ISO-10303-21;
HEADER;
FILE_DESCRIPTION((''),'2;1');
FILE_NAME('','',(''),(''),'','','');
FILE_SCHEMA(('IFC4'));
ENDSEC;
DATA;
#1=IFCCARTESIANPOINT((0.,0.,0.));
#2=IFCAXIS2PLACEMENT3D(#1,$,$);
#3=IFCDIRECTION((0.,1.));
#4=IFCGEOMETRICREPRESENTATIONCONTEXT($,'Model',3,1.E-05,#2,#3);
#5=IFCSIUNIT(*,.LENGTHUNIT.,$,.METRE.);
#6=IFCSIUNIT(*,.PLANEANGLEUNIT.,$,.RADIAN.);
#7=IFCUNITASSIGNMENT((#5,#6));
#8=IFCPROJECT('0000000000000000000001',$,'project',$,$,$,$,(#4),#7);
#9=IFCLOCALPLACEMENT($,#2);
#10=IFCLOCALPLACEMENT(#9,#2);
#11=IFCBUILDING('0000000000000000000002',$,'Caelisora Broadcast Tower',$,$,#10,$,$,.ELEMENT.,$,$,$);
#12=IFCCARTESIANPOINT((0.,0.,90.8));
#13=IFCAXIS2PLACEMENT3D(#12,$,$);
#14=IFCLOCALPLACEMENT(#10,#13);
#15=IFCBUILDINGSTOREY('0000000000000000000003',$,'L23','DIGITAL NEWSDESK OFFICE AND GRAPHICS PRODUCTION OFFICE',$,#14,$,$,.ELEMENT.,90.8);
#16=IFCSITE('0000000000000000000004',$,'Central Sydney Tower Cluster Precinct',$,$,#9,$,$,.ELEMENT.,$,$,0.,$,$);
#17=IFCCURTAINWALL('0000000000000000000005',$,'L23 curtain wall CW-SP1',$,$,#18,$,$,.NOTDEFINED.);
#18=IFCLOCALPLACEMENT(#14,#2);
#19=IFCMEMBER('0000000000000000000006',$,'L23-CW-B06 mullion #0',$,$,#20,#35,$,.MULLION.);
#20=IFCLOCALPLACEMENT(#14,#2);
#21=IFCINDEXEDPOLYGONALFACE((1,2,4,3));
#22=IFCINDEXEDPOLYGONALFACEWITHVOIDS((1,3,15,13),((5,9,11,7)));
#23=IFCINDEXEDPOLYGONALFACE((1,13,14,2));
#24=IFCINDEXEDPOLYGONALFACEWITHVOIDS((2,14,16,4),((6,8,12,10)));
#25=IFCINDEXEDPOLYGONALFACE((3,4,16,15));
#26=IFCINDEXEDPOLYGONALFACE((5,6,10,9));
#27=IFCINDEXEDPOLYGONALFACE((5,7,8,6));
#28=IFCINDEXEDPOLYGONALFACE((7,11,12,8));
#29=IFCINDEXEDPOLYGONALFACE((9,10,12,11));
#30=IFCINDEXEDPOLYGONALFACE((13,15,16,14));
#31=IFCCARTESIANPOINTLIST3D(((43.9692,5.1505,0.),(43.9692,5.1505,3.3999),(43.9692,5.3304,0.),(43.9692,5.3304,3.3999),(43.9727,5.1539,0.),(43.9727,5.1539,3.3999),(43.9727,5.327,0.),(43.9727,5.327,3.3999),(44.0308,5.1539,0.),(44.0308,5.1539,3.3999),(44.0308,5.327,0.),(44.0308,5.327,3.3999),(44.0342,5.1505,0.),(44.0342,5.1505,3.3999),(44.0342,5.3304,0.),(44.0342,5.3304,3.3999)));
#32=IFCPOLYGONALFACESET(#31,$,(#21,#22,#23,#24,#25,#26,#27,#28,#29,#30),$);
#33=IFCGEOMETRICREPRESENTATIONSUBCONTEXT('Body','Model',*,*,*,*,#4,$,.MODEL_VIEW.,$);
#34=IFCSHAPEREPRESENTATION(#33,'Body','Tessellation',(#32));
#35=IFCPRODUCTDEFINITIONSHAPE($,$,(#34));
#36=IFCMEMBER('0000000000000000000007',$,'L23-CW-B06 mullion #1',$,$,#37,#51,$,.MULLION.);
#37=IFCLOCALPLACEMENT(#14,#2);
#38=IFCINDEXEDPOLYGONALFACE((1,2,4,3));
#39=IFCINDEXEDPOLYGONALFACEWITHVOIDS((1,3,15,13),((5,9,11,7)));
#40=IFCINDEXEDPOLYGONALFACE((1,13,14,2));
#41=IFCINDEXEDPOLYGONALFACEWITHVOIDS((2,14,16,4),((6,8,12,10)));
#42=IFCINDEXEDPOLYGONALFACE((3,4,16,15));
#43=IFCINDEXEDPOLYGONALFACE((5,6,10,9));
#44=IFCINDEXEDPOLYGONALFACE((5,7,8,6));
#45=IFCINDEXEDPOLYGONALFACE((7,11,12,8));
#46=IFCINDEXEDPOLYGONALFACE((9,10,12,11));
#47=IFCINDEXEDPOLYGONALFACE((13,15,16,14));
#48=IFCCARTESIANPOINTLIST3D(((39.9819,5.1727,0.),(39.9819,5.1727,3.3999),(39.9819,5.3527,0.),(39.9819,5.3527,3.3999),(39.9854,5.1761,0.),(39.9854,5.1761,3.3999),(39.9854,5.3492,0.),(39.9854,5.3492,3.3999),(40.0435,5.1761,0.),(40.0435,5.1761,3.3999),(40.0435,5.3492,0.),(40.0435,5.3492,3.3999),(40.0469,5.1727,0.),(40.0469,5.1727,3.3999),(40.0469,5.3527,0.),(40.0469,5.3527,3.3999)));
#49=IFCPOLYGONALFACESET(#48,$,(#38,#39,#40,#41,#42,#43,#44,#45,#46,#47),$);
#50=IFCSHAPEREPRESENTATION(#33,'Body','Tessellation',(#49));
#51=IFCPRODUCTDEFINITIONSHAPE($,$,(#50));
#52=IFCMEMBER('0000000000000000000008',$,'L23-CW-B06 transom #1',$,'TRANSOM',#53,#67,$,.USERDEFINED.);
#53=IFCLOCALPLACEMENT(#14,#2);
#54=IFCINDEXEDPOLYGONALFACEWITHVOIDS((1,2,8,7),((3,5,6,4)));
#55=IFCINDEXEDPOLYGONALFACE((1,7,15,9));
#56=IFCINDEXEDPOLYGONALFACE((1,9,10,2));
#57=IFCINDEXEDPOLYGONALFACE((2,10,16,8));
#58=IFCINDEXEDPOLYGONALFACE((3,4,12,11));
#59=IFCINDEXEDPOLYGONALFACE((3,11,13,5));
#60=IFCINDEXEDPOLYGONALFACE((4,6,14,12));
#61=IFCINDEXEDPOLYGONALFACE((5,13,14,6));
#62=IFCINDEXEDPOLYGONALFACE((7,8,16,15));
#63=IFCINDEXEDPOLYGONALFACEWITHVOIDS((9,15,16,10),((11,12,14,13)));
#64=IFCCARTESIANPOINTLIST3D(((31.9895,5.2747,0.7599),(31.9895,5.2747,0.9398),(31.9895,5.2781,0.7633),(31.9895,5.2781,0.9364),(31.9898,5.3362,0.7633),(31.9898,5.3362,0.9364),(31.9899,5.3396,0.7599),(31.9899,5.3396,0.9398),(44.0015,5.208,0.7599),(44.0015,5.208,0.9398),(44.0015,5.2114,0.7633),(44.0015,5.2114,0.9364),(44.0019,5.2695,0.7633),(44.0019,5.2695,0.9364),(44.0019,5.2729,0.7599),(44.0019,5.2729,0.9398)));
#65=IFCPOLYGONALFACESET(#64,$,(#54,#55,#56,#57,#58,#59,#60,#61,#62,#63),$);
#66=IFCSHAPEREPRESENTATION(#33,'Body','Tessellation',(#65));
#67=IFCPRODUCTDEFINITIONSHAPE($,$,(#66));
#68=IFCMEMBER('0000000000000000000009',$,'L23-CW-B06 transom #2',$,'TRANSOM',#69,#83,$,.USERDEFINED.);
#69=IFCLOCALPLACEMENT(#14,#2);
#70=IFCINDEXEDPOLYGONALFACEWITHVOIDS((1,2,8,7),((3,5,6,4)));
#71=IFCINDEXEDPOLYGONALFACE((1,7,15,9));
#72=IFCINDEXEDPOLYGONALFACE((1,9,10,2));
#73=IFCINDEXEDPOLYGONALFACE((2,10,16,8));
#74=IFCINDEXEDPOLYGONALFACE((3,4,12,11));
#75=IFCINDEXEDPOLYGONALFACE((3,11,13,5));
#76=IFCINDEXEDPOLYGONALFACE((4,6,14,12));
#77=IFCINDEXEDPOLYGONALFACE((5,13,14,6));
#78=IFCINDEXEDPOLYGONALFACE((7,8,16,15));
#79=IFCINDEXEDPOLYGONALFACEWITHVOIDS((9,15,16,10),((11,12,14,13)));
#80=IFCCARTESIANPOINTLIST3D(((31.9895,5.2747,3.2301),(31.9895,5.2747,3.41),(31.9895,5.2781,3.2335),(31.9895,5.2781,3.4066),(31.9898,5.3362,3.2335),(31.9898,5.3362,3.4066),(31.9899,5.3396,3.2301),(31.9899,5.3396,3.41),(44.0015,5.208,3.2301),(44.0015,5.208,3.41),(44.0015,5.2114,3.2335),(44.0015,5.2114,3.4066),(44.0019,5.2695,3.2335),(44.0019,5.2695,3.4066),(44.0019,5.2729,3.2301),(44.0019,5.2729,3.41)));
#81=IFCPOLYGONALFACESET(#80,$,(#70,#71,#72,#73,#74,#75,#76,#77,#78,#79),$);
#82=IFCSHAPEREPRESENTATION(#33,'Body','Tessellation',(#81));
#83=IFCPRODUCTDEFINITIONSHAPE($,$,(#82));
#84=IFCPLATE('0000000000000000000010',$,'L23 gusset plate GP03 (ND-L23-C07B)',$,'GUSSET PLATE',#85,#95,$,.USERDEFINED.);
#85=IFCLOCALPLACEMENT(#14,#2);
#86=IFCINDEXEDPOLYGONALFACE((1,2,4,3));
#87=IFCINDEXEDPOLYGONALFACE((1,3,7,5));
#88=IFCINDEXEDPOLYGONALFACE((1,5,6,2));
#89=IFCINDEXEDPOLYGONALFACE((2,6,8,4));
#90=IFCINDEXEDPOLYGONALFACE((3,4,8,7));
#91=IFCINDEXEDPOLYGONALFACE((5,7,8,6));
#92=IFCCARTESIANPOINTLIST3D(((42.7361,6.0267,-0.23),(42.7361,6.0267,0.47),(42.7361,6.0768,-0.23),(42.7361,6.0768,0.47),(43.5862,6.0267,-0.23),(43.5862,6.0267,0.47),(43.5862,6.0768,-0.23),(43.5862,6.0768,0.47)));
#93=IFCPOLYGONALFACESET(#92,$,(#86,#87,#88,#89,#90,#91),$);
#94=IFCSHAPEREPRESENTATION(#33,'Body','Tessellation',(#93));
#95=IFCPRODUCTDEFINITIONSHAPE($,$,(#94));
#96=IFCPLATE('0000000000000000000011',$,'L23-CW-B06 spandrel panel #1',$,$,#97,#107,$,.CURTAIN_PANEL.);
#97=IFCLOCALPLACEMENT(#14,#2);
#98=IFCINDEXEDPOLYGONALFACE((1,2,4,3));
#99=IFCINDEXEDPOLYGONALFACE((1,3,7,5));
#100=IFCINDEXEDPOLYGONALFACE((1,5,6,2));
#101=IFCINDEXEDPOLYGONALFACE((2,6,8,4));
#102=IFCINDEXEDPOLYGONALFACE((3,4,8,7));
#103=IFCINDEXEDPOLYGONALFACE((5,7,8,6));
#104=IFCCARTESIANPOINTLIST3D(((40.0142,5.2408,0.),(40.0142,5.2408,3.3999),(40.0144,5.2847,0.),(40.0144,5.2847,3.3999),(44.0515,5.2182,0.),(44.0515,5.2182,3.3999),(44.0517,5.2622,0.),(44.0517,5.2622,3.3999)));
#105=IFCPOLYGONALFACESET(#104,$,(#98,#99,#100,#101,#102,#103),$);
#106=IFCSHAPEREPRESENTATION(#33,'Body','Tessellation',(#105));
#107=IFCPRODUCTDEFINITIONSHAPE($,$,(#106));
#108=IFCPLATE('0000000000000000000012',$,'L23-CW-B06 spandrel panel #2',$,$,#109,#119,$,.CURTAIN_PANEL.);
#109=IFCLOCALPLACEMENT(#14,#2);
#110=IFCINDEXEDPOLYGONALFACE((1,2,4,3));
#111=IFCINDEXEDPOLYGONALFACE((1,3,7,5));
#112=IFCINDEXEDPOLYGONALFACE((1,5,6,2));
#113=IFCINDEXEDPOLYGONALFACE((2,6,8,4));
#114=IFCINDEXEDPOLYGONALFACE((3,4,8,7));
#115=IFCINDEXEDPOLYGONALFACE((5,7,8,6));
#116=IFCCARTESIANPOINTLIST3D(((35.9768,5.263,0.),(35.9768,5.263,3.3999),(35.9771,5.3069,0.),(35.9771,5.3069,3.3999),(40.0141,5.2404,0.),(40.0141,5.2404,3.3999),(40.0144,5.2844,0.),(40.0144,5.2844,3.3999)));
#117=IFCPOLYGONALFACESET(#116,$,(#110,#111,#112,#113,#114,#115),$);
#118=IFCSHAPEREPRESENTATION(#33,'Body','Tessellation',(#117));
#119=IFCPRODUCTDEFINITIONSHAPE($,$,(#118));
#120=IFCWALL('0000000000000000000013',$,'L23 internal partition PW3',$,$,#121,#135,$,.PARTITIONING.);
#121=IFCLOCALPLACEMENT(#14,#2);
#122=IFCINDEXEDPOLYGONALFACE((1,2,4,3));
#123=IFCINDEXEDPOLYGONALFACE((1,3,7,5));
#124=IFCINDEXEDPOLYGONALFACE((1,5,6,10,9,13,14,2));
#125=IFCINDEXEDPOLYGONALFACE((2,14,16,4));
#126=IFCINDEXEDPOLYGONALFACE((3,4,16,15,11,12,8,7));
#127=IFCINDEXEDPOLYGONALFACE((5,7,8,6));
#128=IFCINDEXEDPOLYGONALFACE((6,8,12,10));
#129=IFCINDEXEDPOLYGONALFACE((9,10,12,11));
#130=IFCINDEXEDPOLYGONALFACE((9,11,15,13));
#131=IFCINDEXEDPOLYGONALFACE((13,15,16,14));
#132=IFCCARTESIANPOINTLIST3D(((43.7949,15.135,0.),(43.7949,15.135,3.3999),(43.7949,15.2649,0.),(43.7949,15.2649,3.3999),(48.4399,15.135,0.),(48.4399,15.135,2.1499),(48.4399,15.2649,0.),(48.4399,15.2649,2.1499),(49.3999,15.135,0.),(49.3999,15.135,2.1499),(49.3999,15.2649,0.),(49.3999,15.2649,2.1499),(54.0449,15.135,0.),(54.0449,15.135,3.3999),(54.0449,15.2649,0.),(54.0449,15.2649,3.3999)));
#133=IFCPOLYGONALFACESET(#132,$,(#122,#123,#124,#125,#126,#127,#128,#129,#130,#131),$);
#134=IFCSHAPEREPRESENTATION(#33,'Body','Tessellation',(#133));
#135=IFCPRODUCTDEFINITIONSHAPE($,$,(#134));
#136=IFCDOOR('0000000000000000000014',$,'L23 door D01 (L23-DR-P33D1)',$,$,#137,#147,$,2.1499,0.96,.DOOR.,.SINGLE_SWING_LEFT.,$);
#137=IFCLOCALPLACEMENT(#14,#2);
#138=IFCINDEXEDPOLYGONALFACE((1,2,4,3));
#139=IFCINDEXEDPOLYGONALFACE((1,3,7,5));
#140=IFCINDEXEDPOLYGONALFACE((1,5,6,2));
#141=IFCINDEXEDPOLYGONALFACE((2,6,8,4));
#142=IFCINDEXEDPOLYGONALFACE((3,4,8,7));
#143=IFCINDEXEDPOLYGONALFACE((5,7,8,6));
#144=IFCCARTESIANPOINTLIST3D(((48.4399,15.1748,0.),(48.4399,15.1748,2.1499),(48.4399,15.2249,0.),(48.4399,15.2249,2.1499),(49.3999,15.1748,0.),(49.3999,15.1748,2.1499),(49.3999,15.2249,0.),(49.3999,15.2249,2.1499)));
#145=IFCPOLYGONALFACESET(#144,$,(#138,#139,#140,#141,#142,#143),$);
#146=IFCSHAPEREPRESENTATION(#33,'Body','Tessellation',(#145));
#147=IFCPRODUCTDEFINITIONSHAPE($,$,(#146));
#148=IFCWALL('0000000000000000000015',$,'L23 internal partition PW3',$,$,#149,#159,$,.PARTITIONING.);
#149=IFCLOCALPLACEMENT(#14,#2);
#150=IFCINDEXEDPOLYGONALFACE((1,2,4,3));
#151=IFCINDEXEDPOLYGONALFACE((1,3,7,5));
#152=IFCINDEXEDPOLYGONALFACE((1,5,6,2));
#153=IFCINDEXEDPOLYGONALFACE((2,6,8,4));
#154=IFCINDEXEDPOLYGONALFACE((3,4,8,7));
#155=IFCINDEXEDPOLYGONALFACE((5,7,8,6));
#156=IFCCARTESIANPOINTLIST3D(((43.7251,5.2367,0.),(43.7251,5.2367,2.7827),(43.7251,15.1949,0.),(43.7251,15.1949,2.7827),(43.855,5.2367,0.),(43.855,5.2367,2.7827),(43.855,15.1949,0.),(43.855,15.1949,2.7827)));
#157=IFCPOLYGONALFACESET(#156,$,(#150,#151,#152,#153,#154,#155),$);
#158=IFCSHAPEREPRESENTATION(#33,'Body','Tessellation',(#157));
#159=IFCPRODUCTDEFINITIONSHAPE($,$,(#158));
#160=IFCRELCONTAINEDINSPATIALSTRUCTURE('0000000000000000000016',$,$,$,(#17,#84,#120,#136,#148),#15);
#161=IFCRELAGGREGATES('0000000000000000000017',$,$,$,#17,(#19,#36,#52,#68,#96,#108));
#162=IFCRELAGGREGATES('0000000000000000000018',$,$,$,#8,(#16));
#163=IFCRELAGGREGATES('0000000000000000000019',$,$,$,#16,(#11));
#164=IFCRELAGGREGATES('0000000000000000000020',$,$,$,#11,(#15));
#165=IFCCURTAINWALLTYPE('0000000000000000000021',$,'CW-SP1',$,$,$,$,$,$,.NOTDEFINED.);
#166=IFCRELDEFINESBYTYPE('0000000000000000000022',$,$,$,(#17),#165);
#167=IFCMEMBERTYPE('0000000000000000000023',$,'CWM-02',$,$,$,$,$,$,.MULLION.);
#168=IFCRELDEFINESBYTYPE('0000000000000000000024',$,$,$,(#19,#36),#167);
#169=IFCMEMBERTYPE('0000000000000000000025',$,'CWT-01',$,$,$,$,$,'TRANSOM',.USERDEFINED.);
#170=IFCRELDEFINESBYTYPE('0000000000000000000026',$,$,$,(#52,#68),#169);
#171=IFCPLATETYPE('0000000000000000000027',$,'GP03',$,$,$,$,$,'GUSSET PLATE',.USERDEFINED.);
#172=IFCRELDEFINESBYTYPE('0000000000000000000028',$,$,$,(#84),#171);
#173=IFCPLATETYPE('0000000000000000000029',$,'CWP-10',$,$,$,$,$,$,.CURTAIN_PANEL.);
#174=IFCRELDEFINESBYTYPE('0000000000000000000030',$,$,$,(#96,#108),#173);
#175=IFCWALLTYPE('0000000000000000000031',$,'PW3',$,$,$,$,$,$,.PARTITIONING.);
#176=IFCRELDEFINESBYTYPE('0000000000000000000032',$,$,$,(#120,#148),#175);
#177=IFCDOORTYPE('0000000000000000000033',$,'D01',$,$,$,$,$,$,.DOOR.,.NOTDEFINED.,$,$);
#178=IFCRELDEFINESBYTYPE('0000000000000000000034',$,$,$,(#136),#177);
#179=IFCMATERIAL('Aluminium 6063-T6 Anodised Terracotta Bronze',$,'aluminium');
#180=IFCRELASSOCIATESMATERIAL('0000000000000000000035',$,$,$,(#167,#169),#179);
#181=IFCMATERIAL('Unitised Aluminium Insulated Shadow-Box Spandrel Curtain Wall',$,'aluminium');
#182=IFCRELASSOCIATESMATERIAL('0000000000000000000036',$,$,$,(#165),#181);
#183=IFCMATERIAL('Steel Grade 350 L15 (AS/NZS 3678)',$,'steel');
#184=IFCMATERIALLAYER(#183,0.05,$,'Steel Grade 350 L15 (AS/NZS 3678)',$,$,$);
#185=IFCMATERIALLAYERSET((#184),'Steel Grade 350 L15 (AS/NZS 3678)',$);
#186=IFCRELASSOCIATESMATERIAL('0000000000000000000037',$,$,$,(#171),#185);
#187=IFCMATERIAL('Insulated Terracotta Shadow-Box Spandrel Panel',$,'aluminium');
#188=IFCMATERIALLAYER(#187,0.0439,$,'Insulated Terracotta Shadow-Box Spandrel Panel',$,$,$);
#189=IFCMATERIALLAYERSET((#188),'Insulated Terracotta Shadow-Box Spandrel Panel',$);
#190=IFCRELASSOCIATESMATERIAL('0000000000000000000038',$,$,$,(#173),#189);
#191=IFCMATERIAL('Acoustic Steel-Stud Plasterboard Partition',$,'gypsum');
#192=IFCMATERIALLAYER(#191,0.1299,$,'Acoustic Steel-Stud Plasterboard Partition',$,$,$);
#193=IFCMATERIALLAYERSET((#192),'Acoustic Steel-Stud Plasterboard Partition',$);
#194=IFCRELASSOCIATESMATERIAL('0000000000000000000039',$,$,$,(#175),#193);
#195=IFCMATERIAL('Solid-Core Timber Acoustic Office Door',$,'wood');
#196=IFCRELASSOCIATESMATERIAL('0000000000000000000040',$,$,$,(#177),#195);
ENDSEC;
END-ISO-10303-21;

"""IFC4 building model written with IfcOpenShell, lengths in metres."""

from ifc_helpers import new_model, si_unit, direction, frame, frame_2d, origin, origin_2d, place, context, subcontext, project, spatial, rectangle, hollow_rectangle, extrude, source, transform, mapped, material, layer, layer_set, material_profile, profile_set, type_object, type_shapes, element, fill, aggregate, save


model = new_model("IFC4")

# Units and contexts
model_context = context("Model", 3, precision=1e-05, world=origin(), true_north=direction((0.0, 1.0)))
body_context = subcontext(model_context, "Body", "Model", "MODEL_VIEW")
ifc_project = project(units=[si_unit("LENGTHUNIT", "METRE"), si_unit("PLANEANGLEUNIT", "RADIAN")], contexts=[model_context])

# Site, building, storey
site_placement = place(None, origin())
site = spatial("IfcSite", under=ifc_project, at=site_placement, Name="Central Sydney Tower Cluster Precinct", CompositionType="ELEMENT", RefElevation=0.0)
building_placement = place(site_placement, origin())
building = spatial("IfcBuilding", under=site, at=building_placement, Name="Caelisora Broadcast Tower", CompositionType="ELEMENT")
storey_placement = place(building_placement, frame((0.0, 0.0, 90.8)))
storey = spatial("IfcBuildingStorey", under=building, at=storey_placement, Name="L23", Description="DIGITAL NEWSDESK OFFICE AND GRAPHICS PRODUCTION OFFICE", CompositionType="ELEMENT", Elevation=90.8)

# Shared definitions
ifc_material_1 = material(Name="Steel Grade 350 L15 (AS/NZS 3678)", Category="steel")

# Shared definitions
ifc_material_2 = material(Name="Aluminium 6063-T6 Anodised Terracotta Bronze", Category="aluminium")
ifc_material_profile_1 = material_profile(ifc_material_2, hollow_rectangle(XDim=0.0649, YDim=0.1799, WallThickness=0.0034, at=origin_2d()), Name="Aluminium 6063-T6 Anodised Terracotta Bronze")
ifc_profile_set_1 = profile_set([ifc_material_profile_1], Name="Aluminium 6063-T6 Anodised Terracotta Bronze")
member_type_1 = type_object("IfcMemberType", Name="CWM-02", PredefinedType="MULLION", material=ifc_profile_set_1)
shared_shape_1 = source(origin(), body_context, "Body", "SweptSolid", [
    extrude(hollow_rectangle(XDim=0.0649, YDim=0.1799, WallThickness=0.0034, at=origin_2d()), origin(), (0.0, 0.0, 1.0), 3.3999),
])
type_shapes(member_type_1, [shared_shape_1])

# Curtain wall, members
ifc_material_3 = material(Name="Unitised Aluminium Insulated Shadow-Box Spandrel Curtain Wall", Category="aluminium")
curtain_wall_type_1 = type_object("IfcCurtainWallType", Name="CW-SP1", PredefinedType="NOTDEFINED", material=ifc_material_3)
curtain_wall_1_placement = place(storey_placement, origin())
curtain_wall_1 = element("IfcCurtainWall", 1, at=curtain_wall_1_placement, inside=storey, type_object=curtain_wall_type_1, Name="L23 curtain wall CW-SP1", PredefinedType="NOTDEFINED")
member_1_placement = place(storey_placement, frame((44.0017, 5.2405, 0.0), z_axis=(0.0, 0.0, 1.0), x_axis=(1.0, 0.0, 0.0)))
member_1 = element("IfcMember", 2, at=member_1_placement, type_object=member_type_1, Name="L23-CW-B06 mullion #0", PredefinedType="MULLION", context=body_context, shape_type="MappedRepresentation", body=[
    mapped(shared_shape_1, transform((0.0, 0.0, 0.0), scale=1.0)),
])
member_2_placement = place(storey_placement, frame((40.0144, 5.2627, 0.0), z_axis=(0.0, 0.0, 1.0), x_axis=(1.0, 0.0, 0.0)))
member_2 = element("IfcMember", 3, at=member_2_placement, type_object=member_type_1, Name="L23-CW-B06 mullion #1", PredefinedType="MULLION", context=body_context, shape_type="MappedRepresentation", body=[
    mapped(shared_shape_1, transform((0.0, 0.0, 0.0), scale=1.0)),
])
ifc_material_profile_2 = material_profile(ifc_material_2, hollow_rectangle(XDim=0.0649, YDim=0.1799, WallThickness=0.0034, at=origin_2d()), Name="Aluminium 6063-T6 Anodised Terracotta Bronze")
ifc_profile_set_2 = profile_set([ifc_material_profile_2], Name="Aluminium 6063-T6 Anodised Terracotta Bronze")
member_type_2 = type_object("IfcMemberType", Name="CWT-01", ElementType="TRANSOM", PredefinedType="USERDEFINED", material=ifc_profile_set_2)
shared_shape_2 = source(origin(), body_context, "Body", "SweptSolid", [
    extrude(hollow_rectangle(XDim=0.0649, YDim=0.1799, WallThickness=0.0034, at=origin_2d()), origin(), (0.0, 0.0, 1.0), 12.0122),
])
type_shapes(member_type_2, [shared_shape_2])
member_3_placement = place(storey_placement, frame((44.0017, 5.2405, 0.8499), z_axis=(-0.999985, 0.005549, 0.0), x_axis=(-0.005549, -0.999985, 0.0)))
member_3 = element("IfcMember", 4, at=member_3_placement, type_object=member_type_2, Name="L23-CW-B06 transom #1", ObjectType="TRANSOM", PredefinedType="USERDEFINED", context=body_context, shape_type="MappedRepresentation", body=[
    mapped(shared_shape_2, transform((0.0, 0.0, 0.0), scale=1.0)),
])
member_4_placement = place(storey_placement, frame((44.0017, 5.2405, 3.3201), z_axis=(-0.999985, 0.005549, 0.0), x_axis=(-0.005549, -0.999985, 0.0)))
member_4 = element("IfcMember", 5, at=member_4_placement, type_object=member_type_2, Name="L23-CW-B06 transom #2", ObjectType="TRANSOM", PredefinedType="USERDEFINED", context=body_context, shape_type="MappedRepresentation", body=[
    mapped(shared_shape_2, transform((0.0, 0.0, 0.0), scale=1.0)),
])

# Plates
ifc_layer_1 = layer(ifc_material_1, 0.05, Name="Steel Grade 350 L15 (AS/NZS 3678)")
ifc_layer_set_1 = layer_set([ifc_layer_1], Name="Steel Grade 350 L15 (AS/NZS 3678)")
plate_type_1 = type_object("IfcPlateType", Name="GP03", ElementType="GUSSET PLATE", PredefinedType="USERDEFINED", material=ifc_layer_set_1)
shared_shape_3 = source(origin(), body_context, "Body", "SweptSolid", [
    extrude(rectangle(XDim=0.8501, YDim=0.05, at=origin_2d()), origin(), (0.0, 0.0, 1.0), 0.7),
])
type_shapes(plate_type_1, [shared_shape_3])
plate_1_placement = place(storey_placement, frame((43.1611, 6.0518, -0.23), z_axis=(0.0, 0.0, 1.0), x_axis=(1.0, 0.0, 0.0)))
element("IfcPlate", 6, at=plate_1_placement, inside=storey, type_object=plate_type_1, Name="L23 gusset plate GP03 (ND-L23-C07B)", ObjectType="GUSSET PLATE", PredefinedType="USERDEFINED", context=body_context, shape_type="MappedRepresentation", body=[
    mapped(shared_shape_3, transform((0.0, 0.0, 0.0), scale=1.0)),
])
ifc_material_4 = material(Name="Insulated Terracotta Shadow-Box Spandrel Panel", Category="aluminium")
ifc_layer_2 = layer(ifc_material_4, 0.0439, Name="Insulated Terracotta Shadow-Box Spandrel Panel")
ifc_layer_set_2 = layer_set([ifc_layer_2], Name="Insulated Terracotta Shadow-Box Spandrel Panel")
plate_type_2 = type_object("IfcPlateType", Name="CWP-10", PredefinedType="CURTAIN_PANEL", material=ifc_layer_set_2)
shared_shape_4 = source(origin(), body_context, "Body", "SweptSolid", [
    extrude(rectangle(XDim=4.0374, YDim=0.0439, at=origin_2d()), origin(), (0.0, 0.0, 1.0), 3.3999),
])
type_shapes(plate_type_2, [shared_shape_4])
plate_2_placement = place(storey_placement, frame((42.033, 5.2515, 0.0), z_axis=(0.0, 0.0, 1.0), x_axis=(-0.999984, 0.005585, 0.0)))
plate_2 = element("IfcPlate", 7, at=plate_2_placement, type_object=plate_type_2, Name="L23-CW-B06 spandrel panel #1", PredefinedType="CURTAIN_PANEL", context=body_context, shape_type="MappedRepresentation", body=[
    mapped(shared_shape_4, transform((0.0, 0.0, 0.0), scale=1.0)),
])
plate_3_placement = place(storey_placement, frame((37.9956, 5.2737, 0.0), z_axis=(0.0, 0.0, 1.0), x_axis=(-0.999984, 0.005585, 0.0)))
plate_3 = element("IfcPlate", 8, at=plate_3_placement, type_object=plate_type_2, Name="L23-CW-B06 spandrel panel #2", PredefinedType="CURTAIN_PANEL", context=body_context, shape_type="MappedRepresentation", body=[
    mapped(shared_shape_4, transform((0.0, 0.0, 0.0), scale=1.0)),
])
aggregate(curtain_wall_1, [member_1, member_2, member_3, member_4, plate_2, plate_3])

# Wall, opening, door
ifc_material_5 = material(Name="Acoustic Steel-Stud Plasterboard Partition", Category="gypsum")
ifc_layer_3 = layer(ifc_material_5, 0.1299, Name="Acoustic Steel-Stud Plasterboard Partition")
ifc_layer_set_3 = layer_set([ifc_layer_3], Name="Acoustic Steel-Stud Plasterboard Partition")
wall_type = type_object("IfcWallType", Name="PW3", PredefinedType="PARTITIONING", material=ifc_layer_set_3)
wall_1_placement = place(storey_placement, frame((43.7949, 15.2, 0.0), z_axis=(0.0, 0.0, 1.0), x_axis=(1.0, 0.0, 0.0)))
wall_1 = element("IfcWall", 9, at=wall_1_placement, inside=storey, type_object=wall_type, Name="L23 internal partition PW3", PredefinedType="PARTITIONING", context=body_context, shape_type="SweptSolid", body=[
    extrude(rectangle(XDim=10.25, YDim=0.1299, at=frame_2d((5.125, 0.0))), origin(), (0.0, 0.0, 1.0), 3.3999),
])
opening_1_placement = place(wall_1_placement, frame((4.645, 0.0, 0.0)))
opening_1 = element("IfcOpeningElement", 10, at=opening_1_placement, cuts=wall_1, PredefinedType="OPENING", context=body_context, shape_type="SweptSolid", body=[
    extrude(rectangle(XDim=0.96, YDim=2.1499, at=frame_2d((0.48, 1.075))), frame((0.0, 0.0769, 0.0), z_axis=(0.0, -1.0, 0.0), x_axis=(1.0, 0.0, 0.0)), (0.0, 0.0, 1.0), 0.1538),
])
ifc_material_6 = material(Name="Solid-Core Timber Acoustic Office Door", Category="wood")
door_type = type_object("IfcDoorType", Name="D01", OperationType="NOTDEFINED", PredefinedType="DOOR", material=ifc_material_6)
door_1_placement = place(opening_1_placement, origin())
door_1 = element("IfcDoor", 11, at=door_1_placement, inside=storey, type_object=door_type, Name="L23 door D01 (L23-DR-P33D1)", OperationType="SINGLE_SWING_LEFT", OverallHeight=2.1499, OverallWidth=0.96, PredefinedType="DOOR", context=body_context, shape_type="SweptSolid", body=[
    extrude(rectangle(XDim=0.96, YDim=2.1499, at=frame_2d((0.48, 1.075))), frame((0.0, 0.0249, 0.0), z_axis=(0.0, -1.0, 0.0), x_axis=(1.0, 0.0, 0.0)), (0.0, 0.0, 1.0), 0.05),
])
fill(opening_1, door_1)

# Wall
wall_2_placement = place(storey_placement, frame((43.79, 5.2368, 0.0), z_axis=(0.0, 0.0, 1.0), x_axis=(0.0, 1.0, 0.0)))
element("IfcWall", 12, at=wall_2_placement, inside=storey, type_object=wall_type, Name="L23 internal partition PW3", PredefinedType="PARTITIONING", context=body_context, shape_type="SweptSolid", body=[
    extrude(rectangle(XDim=9.9583, YDim=0.1299, at=frame_2d((4.979, 0.0))), origin(), (0.0, 0.0, 1.0), 2.7827),
])

save(model, "model.ifc")
